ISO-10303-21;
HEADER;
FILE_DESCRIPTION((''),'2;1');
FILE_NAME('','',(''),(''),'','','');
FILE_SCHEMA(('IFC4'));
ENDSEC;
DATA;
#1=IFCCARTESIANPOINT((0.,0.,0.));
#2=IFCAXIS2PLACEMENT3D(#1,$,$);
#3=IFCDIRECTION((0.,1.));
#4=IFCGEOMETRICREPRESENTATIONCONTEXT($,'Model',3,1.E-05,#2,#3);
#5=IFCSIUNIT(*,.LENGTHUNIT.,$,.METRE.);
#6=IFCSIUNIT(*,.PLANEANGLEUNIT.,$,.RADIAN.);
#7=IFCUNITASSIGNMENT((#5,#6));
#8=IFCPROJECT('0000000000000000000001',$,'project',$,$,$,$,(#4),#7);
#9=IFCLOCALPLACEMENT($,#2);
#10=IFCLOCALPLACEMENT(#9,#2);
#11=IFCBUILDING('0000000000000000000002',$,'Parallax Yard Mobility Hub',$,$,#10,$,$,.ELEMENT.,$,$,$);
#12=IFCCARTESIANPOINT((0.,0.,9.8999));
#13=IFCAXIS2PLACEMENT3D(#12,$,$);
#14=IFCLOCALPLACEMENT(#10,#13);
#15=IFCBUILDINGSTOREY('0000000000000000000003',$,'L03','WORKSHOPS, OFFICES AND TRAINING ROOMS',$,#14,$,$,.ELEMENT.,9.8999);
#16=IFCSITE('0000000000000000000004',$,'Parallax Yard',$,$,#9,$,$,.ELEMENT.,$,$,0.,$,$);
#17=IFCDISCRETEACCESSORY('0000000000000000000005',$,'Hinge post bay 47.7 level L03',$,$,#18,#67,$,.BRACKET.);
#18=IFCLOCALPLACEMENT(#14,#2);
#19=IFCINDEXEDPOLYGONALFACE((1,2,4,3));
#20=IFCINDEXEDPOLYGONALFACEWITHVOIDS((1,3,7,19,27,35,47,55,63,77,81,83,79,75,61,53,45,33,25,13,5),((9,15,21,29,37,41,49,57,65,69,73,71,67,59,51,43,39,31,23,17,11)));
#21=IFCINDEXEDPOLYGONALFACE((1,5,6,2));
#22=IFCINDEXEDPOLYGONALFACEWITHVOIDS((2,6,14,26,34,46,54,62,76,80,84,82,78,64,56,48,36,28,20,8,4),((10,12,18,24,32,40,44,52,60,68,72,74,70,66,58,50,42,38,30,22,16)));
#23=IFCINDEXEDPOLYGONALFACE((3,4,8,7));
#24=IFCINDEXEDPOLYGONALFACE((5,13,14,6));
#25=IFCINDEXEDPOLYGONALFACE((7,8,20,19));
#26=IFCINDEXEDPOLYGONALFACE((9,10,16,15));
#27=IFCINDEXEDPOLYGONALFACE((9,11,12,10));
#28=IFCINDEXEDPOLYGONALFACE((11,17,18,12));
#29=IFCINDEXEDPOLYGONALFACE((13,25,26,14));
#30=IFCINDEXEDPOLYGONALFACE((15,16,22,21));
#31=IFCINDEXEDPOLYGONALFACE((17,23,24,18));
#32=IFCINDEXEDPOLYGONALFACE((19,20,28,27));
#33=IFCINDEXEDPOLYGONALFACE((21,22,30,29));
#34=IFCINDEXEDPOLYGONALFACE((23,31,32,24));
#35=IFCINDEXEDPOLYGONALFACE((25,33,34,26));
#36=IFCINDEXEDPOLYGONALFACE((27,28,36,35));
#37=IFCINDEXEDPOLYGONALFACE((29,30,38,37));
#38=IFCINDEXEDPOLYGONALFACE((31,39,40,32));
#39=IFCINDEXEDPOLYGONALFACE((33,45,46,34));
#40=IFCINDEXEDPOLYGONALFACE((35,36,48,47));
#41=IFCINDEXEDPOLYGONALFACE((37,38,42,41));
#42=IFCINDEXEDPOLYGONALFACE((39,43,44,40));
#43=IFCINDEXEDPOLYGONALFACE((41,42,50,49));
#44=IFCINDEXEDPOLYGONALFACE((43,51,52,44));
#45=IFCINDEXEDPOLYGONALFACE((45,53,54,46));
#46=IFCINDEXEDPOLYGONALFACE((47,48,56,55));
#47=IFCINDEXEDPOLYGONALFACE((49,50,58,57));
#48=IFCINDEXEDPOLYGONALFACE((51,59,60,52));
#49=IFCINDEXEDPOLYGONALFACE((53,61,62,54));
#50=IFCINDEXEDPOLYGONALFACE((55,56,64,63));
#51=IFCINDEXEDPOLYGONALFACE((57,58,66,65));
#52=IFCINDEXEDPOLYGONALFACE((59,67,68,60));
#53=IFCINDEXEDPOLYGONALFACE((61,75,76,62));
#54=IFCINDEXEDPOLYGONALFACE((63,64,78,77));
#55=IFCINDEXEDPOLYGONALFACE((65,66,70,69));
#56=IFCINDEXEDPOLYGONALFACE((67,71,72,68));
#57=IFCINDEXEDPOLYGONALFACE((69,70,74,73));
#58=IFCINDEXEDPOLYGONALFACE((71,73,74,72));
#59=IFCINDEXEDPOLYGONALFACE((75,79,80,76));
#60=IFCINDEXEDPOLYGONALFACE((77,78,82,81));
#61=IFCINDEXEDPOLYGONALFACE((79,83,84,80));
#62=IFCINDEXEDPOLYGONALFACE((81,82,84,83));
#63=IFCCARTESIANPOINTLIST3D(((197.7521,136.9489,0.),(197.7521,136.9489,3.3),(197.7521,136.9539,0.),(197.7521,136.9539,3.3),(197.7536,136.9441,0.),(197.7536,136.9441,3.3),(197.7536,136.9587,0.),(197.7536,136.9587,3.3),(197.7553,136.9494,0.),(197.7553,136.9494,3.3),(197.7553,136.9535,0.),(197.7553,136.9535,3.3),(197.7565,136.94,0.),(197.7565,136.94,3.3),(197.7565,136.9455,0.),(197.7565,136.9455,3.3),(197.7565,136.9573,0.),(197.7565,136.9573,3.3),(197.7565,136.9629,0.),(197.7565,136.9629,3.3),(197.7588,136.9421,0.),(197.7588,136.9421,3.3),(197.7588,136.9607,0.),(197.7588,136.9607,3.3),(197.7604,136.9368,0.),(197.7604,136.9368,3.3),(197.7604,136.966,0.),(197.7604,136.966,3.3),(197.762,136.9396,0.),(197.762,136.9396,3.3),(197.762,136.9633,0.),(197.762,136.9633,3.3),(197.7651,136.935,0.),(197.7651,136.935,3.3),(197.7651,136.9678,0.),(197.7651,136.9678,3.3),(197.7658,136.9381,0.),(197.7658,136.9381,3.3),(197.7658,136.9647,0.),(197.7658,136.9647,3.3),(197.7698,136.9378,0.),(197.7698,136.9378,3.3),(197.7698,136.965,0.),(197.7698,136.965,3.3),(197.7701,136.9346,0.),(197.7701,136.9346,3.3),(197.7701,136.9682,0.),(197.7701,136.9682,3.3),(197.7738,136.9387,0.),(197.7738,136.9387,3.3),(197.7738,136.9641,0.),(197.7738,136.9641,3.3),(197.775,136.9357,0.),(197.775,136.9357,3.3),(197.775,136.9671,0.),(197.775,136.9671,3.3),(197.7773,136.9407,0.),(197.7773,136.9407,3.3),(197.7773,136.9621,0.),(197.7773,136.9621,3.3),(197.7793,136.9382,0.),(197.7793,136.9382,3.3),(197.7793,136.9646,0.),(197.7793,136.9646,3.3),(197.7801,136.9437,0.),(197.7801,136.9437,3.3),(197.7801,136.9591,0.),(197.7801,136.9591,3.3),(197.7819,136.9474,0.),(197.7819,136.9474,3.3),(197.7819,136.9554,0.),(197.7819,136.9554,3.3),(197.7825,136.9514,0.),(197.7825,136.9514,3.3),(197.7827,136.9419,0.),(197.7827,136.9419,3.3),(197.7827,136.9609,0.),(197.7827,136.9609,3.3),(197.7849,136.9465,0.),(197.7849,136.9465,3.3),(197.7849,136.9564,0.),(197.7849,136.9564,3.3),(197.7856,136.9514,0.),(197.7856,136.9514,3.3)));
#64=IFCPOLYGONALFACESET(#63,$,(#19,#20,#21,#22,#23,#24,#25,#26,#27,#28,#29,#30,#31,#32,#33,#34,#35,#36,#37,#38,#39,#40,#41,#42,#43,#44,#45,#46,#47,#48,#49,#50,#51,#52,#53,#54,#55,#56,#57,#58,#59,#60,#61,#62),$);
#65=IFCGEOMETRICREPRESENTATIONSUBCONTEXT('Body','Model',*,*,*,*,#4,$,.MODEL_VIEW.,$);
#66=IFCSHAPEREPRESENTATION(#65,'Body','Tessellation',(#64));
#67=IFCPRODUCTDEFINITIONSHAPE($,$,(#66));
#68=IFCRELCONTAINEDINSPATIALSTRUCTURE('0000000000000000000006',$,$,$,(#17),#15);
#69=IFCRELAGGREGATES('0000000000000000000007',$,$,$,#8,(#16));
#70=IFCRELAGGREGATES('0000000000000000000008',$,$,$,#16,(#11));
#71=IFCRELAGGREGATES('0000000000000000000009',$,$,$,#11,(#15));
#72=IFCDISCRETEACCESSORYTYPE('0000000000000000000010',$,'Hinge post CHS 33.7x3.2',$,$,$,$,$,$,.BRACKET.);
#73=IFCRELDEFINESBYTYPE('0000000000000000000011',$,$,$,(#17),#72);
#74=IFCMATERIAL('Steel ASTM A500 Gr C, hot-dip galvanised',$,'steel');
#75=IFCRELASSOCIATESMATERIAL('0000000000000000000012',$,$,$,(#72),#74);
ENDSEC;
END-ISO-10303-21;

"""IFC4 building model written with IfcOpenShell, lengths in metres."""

from ifc_helpers import new_model, si_unit, direction, frame, origin, origin_2d, place, context, subcontext, project, spatial, hollow_circle, extrude, material, material_profile, profile_set, type_object, element, save


model = new_model("IFC4")

# Units and contexts
model_context = context("Model", 3, precision=1e-05, world=origin(), true_north=direction((0.0, 1.0)))
body_context = subcontext(model_context, "Body", "Model", "MODEL_VIEW")
ifc_project = project(units=[si_unit("LENGTHUNIT", "METRE"), si_unit("PLANEANGLEUNIT", "RADIAN")], contexts=[model_context])

# Site, building, storey
site_placement = place(None, origin())
site = spatial("IfcSite", under=ifc_project, at=site_placement, Name="Parallax Yard", CompositionType="ELEMENT", RefElevation=0.0)
building_placement = place(site_placement, origin())
building = spatial("IfcBuilding", under=site, at=building_placement, Name="Parallax Yard Mobility Hub", CompositionType="ELEMENT")
storey_placement = place(building_placement, frame((0.0, 0.0, 9.8999)))
storey = spatial("IfcBuildingStorey", under=building, at=storey_placement, Name="L03", Description="WORKSHOPS, OFFICES AND TRAINING ROOMS", CompositionType="ELEMENT", Elevation=9.8999)

# Discrete accessory
ifc_material_1 = material(Name="Steel ASTM A500 Gr C, hot-dip galvanised", Category="steel")
ifc_material_profile = material_profile(ifc_material_1, hollow_circle(Radius=0.0168, WallThickness=0.0032, at=origin_2d()), Name="CHS 33.7x3.2")
ifc_profile_set = profile_set([ifc_material_profile], Name="Steel ASTM A500 Gr C, hot-dip galvanised")
discrete_accessory_type_1 = type_object("IfcDiscreteAccessoryType", Name="Hinge post CHS 33.7x3.2", PredefinedType="BRACKET", material=ifc_profile_set)
for number, where, z_axis, x_axis, name in (
    (1, (197.7688, 136.9514, 0.0), (0.0, 0.0, 1.0), (1.0, 0.0, 0.0), "Hinge post bay 47.7 level L03"),
):
    element("IfcDiscreteAccessory", number, at=place(storey_placement, frame(where, z_axis=z_axis, x_axis=x_axis)), inside=storey, type_object=discrete_accessory_type_1, Name=name, PredefinedType="BRACKET", context=body_context, shape_type="SweptSolid", body=[
        extrude(hollow_circle(Radius=0.0168, WallThickness=0.0032, at=origin_2d()), origin(), (0.0, 0.0, 1.0), 3.3),
    ])

save(model, "model.ifc")
